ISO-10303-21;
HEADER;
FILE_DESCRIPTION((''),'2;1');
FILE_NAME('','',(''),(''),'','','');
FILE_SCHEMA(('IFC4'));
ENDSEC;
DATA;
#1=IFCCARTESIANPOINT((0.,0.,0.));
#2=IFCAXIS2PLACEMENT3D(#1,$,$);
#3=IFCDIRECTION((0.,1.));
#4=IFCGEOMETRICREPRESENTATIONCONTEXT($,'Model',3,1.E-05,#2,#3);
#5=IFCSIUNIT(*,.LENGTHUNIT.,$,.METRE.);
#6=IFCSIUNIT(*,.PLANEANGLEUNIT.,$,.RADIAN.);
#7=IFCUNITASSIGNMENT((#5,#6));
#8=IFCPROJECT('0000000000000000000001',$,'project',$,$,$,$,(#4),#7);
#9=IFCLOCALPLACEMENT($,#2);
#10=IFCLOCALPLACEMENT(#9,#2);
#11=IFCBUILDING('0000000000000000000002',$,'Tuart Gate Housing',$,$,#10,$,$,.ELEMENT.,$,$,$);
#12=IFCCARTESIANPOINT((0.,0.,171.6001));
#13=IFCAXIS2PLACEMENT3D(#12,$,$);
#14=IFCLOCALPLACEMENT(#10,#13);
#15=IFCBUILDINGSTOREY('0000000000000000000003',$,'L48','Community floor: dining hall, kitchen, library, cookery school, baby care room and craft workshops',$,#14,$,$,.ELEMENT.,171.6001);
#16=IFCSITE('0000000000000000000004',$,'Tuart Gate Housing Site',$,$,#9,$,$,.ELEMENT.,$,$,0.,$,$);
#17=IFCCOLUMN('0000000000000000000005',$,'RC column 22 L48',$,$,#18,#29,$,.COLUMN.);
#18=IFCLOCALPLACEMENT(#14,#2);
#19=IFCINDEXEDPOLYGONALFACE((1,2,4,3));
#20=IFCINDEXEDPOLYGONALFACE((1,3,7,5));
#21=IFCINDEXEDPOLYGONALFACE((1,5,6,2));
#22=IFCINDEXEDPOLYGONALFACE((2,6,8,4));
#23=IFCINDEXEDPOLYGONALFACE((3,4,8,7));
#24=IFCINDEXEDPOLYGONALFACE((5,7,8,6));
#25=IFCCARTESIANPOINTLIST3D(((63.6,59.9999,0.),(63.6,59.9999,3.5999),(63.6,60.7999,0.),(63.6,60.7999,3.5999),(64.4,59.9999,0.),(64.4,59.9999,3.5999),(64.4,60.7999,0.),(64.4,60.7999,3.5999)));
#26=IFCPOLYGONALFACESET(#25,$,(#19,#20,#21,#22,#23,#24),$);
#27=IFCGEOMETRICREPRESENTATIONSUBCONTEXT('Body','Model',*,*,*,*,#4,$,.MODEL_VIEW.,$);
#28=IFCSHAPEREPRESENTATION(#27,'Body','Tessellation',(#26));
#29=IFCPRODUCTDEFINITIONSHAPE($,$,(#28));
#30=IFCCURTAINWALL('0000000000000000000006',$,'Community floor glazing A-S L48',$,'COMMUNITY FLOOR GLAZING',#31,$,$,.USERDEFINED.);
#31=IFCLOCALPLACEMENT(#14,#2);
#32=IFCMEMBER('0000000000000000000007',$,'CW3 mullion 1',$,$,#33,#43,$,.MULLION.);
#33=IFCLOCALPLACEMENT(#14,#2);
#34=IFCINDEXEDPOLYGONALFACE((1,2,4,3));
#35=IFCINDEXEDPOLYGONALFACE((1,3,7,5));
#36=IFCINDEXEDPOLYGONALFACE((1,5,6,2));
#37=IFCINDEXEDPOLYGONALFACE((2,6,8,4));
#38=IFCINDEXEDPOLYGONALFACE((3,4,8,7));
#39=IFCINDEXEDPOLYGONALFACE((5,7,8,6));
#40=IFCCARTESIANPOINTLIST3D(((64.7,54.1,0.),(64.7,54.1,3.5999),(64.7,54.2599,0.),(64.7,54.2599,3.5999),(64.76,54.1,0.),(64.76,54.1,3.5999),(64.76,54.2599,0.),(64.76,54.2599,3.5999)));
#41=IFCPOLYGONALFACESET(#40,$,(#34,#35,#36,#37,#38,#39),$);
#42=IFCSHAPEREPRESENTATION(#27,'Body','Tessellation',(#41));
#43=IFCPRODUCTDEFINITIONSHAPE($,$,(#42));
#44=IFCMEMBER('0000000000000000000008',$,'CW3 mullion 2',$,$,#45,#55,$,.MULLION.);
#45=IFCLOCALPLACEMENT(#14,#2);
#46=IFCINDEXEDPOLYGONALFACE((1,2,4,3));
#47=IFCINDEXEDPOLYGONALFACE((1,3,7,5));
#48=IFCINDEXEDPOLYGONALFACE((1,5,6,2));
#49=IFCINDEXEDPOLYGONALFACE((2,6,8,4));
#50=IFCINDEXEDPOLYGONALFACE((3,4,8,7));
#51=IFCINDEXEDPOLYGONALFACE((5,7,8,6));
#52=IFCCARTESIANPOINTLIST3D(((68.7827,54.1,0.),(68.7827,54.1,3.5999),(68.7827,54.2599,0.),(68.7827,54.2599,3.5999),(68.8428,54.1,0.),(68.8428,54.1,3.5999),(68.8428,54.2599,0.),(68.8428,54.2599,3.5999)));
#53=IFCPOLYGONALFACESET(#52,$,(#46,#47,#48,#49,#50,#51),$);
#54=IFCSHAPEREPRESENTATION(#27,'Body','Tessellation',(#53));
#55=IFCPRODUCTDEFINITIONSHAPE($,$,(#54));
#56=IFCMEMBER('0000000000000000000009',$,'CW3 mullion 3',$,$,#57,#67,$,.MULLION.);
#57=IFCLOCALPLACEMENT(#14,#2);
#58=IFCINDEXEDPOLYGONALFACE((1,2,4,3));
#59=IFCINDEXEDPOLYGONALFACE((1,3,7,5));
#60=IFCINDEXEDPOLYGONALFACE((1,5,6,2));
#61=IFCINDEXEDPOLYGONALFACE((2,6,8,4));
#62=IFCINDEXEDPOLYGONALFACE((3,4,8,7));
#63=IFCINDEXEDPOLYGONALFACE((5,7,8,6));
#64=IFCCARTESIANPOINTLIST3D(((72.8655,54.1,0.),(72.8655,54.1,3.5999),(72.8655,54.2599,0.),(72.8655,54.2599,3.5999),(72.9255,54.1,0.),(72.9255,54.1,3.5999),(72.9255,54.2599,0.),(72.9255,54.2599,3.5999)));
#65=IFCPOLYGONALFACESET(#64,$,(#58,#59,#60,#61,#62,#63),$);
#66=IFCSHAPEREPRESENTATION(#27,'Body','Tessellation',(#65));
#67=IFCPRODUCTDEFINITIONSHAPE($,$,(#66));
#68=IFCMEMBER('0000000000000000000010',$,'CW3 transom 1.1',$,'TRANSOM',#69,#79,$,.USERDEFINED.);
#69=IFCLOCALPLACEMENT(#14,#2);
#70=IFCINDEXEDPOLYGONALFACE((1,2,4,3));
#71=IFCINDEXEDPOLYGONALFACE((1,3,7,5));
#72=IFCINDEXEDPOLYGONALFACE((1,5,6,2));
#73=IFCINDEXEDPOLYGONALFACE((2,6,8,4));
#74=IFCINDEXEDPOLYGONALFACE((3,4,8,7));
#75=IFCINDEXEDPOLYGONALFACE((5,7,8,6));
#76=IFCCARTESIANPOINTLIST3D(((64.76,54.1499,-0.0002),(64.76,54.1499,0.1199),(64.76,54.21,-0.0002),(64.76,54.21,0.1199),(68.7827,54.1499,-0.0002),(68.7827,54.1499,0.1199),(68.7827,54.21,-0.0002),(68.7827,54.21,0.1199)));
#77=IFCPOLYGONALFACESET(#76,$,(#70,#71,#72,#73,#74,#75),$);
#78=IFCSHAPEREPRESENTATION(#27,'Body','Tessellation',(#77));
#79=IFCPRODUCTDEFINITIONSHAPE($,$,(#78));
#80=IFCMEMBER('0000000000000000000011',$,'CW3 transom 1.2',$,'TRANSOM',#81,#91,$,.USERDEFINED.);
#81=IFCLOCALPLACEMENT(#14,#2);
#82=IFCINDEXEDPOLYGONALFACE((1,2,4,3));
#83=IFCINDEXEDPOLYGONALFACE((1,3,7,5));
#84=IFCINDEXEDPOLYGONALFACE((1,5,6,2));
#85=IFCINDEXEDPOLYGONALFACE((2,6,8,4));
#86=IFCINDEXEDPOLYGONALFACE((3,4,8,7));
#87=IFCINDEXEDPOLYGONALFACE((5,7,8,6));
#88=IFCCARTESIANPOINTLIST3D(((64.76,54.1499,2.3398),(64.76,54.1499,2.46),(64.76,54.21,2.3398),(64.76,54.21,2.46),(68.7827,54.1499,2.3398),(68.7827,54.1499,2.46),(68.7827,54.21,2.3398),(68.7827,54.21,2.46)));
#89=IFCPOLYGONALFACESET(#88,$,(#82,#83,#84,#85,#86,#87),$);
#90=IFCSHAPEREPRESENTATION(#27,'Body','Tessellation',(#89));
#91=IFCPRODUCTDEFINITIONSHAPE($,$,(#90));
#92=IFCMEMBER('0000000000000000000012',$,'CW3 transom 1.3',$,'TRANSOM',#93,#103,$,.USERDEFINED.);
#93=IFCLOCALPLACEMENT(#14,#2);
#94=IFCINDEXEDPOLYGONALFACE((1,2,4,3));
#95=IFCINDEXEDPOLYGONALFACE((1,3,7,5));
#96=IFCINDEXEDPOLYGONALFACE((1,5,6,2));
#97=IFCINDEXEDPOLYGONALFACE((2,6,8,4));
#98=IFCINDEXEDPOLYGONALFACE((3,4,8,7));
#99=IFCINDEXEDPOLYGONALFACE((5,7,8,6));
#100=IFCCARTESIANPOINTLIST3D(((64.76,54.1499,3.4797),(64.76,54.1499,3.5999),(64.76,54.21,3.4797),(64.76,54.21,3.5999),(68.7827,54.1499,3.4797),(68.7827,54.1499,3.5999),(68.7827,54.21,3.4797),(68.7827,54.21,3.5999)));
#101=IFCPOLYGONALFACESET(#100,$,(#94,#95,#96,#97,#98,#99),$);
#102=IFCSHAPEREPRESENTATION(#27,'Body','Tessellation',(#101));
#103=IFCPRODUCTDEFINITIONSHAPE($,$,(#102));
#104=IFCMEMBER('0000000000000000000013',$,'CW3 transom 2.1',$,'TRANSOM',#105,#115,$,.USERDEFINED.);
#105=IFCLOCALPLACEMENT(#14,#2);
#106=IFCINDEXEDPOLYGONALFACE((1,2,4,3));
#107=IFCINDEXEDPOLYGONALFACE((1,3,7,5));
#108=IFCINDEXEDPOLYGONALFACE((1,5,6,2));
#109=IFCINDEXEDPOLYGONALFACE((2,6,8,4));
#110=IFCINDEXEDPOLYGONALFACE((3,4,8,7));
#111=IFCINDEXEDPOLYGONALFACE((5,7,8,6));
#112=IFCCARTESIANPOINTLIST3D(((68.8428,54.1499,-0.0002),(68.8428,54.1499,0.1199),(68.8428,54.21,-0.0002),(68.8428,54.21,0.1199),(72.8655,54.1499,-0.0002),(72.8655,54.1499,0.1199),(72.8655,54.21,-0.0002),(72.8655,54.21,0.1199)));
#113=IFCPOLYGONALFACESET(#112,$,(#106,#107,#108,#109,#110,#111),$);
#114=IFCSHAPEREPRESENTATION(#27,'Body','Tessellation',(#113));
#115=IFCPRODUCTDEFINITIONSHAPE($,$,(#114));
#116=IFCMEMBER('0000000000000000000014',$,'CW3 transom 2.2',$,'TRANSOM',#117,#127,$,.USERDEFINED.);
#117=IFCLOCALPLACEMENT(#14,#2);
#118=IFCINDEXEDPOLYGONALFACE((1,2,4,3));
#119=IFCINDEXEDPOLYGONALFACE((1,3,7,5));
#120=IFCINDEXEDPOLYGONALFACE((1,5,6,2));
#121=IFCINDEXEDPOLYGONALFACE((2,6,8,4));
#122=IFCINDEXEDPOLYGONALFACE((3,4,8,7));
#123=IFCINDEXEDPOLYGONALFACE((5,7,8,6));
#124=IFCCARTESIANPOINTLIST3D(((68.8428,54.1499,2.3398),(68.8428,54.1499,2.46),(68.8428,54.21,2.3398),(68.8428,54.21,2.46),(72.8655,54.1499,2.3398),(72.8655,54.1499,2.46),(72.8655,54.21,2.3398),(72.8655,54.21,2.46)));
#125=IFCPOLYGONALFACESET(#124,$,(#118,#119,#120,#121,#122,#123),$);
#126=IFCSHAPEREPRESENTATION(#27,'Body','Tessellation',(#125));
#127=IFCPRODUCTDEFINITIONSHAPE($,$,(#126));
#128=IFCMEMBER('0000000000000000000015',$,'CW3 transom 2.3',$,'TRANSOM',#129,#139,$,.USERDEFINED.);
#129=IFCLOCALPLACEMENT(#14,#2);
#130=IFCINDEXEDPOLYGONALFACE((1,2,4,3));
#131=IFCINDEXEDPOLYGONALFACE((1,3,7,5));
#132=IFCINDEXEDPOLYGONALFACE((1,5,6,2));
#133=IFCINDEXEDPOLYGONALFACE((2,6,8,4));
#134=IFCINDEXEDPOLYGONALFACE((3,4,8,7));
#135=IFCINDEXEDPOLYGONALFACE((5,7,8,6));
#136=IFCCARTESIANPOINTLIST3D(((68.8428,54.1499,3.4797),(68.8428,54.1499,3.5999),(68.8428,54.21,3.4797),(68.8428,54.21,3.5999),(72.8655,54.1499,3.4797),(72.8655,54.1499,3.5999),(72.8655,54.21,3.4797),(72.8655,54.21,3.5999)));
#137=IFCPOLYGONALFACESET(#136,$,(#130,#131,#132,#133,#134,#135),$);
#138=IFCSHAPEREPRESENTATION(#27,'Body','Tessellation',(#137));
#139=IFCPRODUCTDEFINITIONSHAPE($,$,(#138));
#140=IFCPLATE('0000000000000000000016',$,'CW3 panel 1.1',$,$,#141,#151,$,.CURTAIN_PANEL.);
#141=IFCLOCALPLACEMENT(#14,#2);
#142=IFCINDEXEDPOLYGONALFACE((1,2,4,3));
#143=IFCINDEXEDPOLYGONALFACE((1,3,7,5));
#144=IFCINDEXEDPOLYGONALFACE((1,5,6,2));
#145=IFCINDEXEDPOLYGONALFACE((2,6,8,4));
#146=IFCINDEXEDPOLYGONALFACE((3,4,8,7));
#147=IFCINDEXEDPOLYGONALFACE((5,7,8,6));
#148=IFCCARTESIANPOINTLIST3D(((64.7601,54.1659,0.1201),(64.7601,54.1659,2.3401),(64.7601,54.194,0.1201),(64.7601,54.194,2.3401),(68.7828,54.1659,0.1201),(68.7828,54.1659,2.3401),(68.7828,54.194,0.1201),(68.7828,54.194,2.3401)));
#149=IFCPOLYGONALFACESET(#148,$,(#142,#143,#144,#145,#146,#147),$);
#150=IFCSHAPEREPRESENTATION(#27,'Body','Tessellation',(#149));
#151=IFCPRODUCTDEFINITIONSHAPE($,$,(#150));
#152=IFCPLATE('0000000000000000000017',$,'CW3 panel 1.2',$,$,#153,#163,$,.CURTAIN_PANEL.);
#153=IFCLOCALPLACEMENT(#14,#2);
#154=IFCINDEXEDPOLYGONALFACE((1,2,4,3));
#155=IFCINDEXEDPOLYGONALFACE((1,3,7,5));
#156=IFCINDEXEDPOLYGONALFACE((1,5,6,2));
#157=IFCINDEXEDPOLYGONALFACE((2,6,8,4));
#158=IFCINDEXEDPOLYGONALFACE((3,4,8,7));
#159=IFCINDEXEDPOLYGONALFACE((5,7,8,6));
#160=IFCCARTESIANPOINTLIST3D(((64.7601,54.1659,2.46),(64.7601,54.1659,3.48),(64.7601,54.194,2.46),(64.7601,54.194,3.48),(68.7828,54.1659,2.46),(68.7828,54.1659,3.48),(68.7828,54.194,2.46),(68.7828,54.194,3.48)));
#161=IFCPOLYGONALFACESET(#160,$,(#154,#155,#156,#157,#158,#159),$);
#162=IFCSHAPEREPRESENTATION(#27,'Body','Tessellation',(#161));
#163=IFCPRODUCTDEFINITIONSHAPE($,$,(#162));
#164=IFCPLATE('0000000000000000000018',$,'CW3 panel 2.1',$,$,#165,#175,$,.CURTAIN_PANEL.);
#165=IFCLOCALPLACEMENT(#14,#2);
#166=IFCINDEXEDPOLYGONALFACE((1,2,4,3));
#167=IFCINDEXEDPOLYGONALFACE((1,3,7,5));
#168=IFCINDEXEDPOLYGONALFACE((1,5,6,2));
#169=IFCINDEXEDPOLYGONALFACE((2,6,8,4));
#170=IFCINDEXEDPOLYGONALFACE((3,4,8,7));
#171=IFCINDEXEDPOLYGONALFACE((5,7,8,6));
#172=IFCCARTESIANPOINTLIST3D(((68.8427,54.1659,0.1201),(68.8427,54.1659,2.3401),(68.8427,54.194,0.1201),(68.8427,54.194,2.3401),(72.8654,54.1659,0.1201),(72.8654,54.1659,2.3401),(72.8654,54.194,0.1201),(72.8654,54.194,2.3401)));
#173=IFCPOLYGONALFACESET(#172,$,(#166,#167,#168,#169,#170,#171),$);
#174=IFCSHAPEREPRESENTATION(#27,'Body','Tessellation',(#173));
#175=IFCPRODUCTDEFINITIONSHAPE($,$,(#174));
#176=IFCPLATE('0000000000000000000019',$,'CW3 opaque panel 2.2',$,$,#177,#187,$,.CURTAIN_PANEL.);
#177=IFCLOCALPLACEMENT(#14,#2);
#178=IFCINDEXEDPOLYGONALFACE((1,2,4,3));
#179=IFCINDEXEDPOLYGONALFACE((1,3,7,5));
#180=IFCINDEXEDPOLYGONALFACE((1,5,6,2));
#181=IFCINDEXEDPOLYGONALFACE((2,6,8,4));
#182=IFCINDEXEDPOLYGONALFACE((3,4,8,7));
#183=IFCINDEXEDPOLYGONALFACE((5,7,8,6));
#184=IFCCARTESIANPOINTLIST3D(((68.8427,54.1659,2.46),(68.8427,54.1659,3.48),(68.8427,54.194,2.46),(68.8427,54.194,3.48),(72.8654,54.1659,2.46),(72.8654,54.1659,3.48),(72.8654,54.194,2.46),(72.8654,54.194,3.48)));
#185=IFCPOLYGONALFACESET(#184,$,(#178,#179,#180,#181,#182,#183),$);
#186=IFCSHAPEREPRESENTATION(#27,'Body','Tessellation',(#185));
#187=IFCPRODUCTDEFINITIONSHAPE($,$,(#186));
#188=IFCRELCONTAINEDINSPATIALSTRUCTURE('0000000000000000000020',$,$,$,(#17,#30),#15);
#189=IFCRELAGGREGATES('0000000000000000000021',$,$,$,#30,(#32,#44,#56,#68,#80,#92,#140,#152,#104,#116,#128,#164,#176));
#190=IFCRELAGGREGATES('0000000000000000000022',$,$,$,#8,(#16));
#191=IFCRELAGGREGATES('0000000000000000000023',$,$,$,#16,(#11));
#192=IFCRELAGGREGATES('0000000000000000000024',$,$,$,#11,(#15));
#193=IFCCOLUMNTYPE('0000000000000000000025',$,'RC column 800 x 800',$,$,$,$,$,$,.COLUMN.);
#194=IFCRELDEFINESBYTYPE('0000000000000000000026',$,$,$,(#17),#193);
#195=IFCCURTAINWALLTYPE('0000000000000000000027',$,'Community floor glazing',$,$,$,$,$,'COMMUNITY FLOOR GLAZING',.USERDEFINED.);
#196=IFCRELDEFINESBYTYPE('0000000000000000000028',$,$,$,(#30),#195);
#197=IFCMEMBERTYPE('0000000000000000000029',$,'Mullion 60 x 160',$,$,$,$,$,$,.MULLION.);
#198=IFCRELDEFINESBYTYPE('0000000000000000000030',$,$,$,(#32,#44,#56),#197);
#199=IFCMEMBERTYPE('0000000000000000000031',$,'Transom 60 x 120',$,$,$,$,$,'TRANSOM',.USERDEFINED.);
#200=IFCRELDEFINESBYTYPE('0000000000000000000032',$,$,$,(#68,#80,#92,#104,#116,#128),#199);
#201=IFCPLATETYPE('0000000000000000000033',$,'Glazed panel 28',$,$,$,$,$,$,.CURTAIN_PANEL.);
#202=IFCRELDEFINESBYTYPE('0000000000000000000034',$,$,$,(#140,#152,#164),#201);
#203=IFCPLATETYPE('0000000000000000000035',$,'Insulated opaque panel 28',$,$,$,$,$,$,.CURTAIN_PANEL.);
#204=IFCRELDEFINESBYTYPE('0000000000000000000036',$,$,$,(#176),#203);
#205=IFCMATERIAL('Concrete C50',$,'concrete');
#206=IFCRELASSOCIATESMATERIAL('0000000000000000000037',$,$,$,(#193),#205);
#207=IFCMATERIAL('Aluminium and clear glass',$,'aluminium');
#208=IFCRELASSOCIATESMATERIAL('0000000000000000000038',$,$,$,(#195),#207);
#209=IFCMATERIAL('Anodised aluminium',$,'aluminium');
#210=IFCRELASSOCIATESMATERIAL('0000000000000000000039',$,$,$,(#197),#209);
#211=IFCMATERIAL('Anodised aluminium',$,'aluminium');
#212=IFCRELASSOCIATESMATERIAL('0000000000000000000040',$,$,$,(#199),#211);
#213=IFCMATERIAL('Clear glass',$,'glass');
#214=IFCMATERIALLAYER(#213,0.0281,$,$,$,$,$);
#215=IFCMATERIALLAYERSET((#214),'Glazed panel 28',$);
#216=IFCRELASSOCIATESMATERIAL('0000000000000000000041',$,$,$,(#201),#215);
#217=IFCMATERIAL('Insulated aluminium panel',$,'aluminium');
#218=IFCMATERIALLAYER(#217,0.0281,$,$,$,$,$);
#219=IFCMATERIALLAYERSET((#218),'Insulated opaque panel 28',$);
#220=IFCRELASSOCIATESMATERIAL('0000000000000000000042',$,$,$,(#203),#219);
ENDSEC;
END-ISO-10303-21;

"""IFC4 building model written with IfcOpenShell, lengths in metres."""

from ifc_helpers import new_model, si_unit, direction, frame, origin, origin_2d, place, context, subcontext, project, spatial, rectangle, extrude, material, layer, layer_set, material_profile, profile_set, type_object, element, aggregate, save


model = new_model("IFC4")

# Units and contexts
model_context = context("Model", 3, precision=1e-05, world=origin(), true_north=direction((0.0, 1.0)))
body_context = subcontext(model_context, "Body", "Model", "MODEL_VIEW")
ifc_project = project(units=[si_unit("LENGTHUNIT", "METRE"), si_unit("PLANEANGLEUNIT", "RADIAN")], contexts=[model_context])

# Site, building, storey
site_placement = place(None, origin())
site = spatial("IfcSite", under=ifc_project, at=site_placement, Name="Tuart Gate Housing Site", CompositionType="ELEMENT", RefElevation=0.0)
building_placement = place(site_placement, origin())
building = spatial("IfcBuilding", under=site, at=building_placement, Name="Tuart Gate Housing", CompositionType="ELEMENT")
storey_placement = place(building_placement, frame((0.0, 0.0, 171.6001)))
storey = spatial("IfcBuildingStorey", under=building, at=storey_placement, Name="L48", Description="Community floor: dining hall, kitchen, library, cookery school, baby care room and craft workshops", CompositionType="ELEMENT", Elevation=171.6001)

# Column
ifc_material_1 = material(Name="Concrete C50", Category="concrete")
ifc_material_profile_1 = material_profile(ifc_material_1, rectangle(XDim=0.8, YDim=0.8, at=origin_2d()), Name="RC column 800 x 800")
ifc_profile_set_1 = profile_set([ifc_material_profile_1], Name="Concrete C50")
column_type = type_object("IfcColumnType", Name="RC column 800 x 800", PredefinedType="COLUMN", material=ifc_profile_set_1)
column_placement = place(storey_placement, frame((64.0, 60.3999, 0.0), z_axis=(0.0, 0.0, 1.0), x_axis=(1.0, 0.0, 0.0)))
element("IfcColumn", 1, at=column_placement, inside=storey, type_object=column_type, Name="RC column 22 L48", PredefinedType="COLUMN", context=body_context, shape_type="SweptSolid", body=[
    extrude(rectangle(XDim=0.8, YDim=0.8, at=origin_2d()), origin(), (0.0, 0.0, 1.0), 3.5999),
])

# Curtain wall, members, plates
ifc_material_2 = material(Name="Aluminium and clear glass", Category="aluminium")
curtain_wall_type = type_object("IfcCurtainWallType", Name="Community floor glazing", ElementType="COMMUNITY FLOOR GLAZING", PredefinedType="USERDEFINED", material=ifc_material_2)
curtain_wall_placement = place(storey_placement, origin())
curtain_wall = element("IfcCurtainWall", 2, at=curtain_wall_placement, inside=storey, type_object=curtain_wall_type, Name="Community floor glazing A-S L48", ObjectType="COMMUNITY FLOOR GLAZING", PredefinedType="USERDEFINED")
ifc_material_3 = material(Name="Anodised aluminium", Category="aluminium")
ifc_material_profile_2 = material_profile(ifc_material_3, rectangle(XDim=0.0601, YDim=0.1599, at=origin_2d()), Name="60x160")
ifc_profile_set_2 = profile_set([ifc_material_profile_2], Name="Anodised aluminium")
member_type_1 = type_object("IfcMemberType", Name="Mullion 60 x 160", PredefinedType="MULLION", material=ifc_profile_set_2)
member_1_placement = place(storey_placement, frame((64.73, 54.1799, 0.0), z_axis=(0.0, 0.0, 1.0), x_axis=(1.0, 0.0, 0.0)))
member_1 = element("IfcMember", 3, at=member_1_placement, type_object=member_type_1, Name="CW3 mullion 1", PredefinedType="MULLION", context=body_context, shape_type="SweptSolid", body=[
    extrude(rectangle(XDim=0.0601, YDim=0.1599, at=origin_2d()), origin(), (0.0, 0.0, 1.0), 3.5999),
])
member_2_placement = place(storey_placement, frame((68.8127, 54.1799, 0.0), z_axis=(0.0, 0.0, 1.0), x_axis=(1.0, 0.0, 0.0)))
member_2 = element("IfcMember", 4, at=member_2_placement, type_object=member_type_1, Name="CW3 mullion 2", PredefinedType="MULLION", context=body_context, shape_type="SweptSolid", body=[
    extrude(rectangle(XDim=0.0601, YDim=0.1599, at=origin_2d()), origin(), (0.0, 0.0, 1.0), 3.5999),
])
member_3_placement = place(storey_placement, frame((72.8955, 54.1799, 0.0), z_axis=(0.0, 0.0, 1.0), x_axis=(1.0, 0.0, 0.0)))
member_3 = element("IfcMember", 5, at=member_3_placement, type_object=member_type_1, Name="CW3 mullion 3", PredefinedType="MULLION", context=body_context, shape_type="SweptSolid", body=[
    extrude(rectangle(XDim=0.0601, YDim=0.1599, at=origin_2d()), origin(), (0.0, 0.0, 1.0), 3.5999),
])
ifc_material_4 = material(Name="Anodised aluminium", Category="aluminium")
ifc_material_profile_3 = material_profile(ifc_material_4, rectangle(XDim=0.0601, YDim=0.1201, at=origin_2d()), Name="60x120")
ifc_profile_set_3 = profile_set([ifc_material_profile_3], Name="Anodised aluminium")
member_type_2 = type_object("IfcMemberType", Name="Transom 60 x 120", ElementType="TRANSOM", PredefinedType="USERDEFINED", material=ifc_profile_set_3)
member_4_placement = place(storey_placement, frame((64.76, 54.1799, 0.0598), z_axis=(1.0, 0.0, 0.0), x_axis=(0.0, 1.0, 0.0)))
member_4 = element("IfcMember", 6, at=member_4_placement, type_object=member_type_2, Name="CW3 transom 1.1", ObjectType="TRANSOM", PredefinedType="USERDEFINED", context=body_context, shape_type="SweptSolid", body=[
    extrude(rectangle(XDim=0.0601, YDim=0.1201, at=origin_2d()), origin(), (0.0, 0.0, 1.0), 4.0227),
])
member_5_placement = place(storey_placement, frame((64.76, 54.1799, 2.3999), z_axis=(1.0, 0.0, 0.0), x_axis=(0.0, 1.0, 0.0)))
member_5 = element("IfcMember", 7, at=member_5_placement, type_object=member_type_2, Name="CW3 transom 1.2", ObjectType="TRANSOM", PredefinedType="USERDEFINED", context=body_context, shape_type="SweptSolid", body=[
    extrude(rectangle(XDim=0.0601, YDim=0.1201, at=origin_2d()), origin(), (0.0, 0.0, 1.0), 4.0227),
])
member_6_placement = place(storey_placement, frame((64.76, 54.1799, 3.5398), z_axis=(1.0, 0.0, 0.0), x_axis=(0.0, 1.0, 0.0)))
member_6 = element("IfcMember", 8, at=member_6_placement, type_object=member_type_2, Name="CW3 transom 1.3", ObjectType="TRANSOM", PredefinedType="USERDEFINED", context=body_context, shape_type="SweptSolid", body=[
    extrude(rectangle(XDim=0.0601, YDim=0.1201, at=origin_2d()), origin(), (0.0, 0.0, 1.0), 4.0227),
])
member_7_placement = place(storey_placement, frame((68.8428, 54.1799, 0.0598), z_axis=(1.0, 0.0, 0.0), x_axis=(0.0, 1.0, 0.0)))
member_7 = element("IfcMember", 9, at=member_7_placement, type_object=member_type_2, Name="CW3 transom 2.1", ObjectType="TRANSOM", PredefinedType="USERDEFINED", context=body_context, shape_type="SweptSolid", body=[
    extrude(rectangle(XDim=0.0601, YDim=0.1201, at=origin_2d()), origin(), (0.0, 0.0, 1.0), 4.0227),
])
member_8_placement = place(storey_placement, frame((68.8428, 54.1799, 2.3999), z_axis=(1.0, 0.0, 0.0), x_axis=(0.0, 1.0, 0.0)))
member_8 = element("IfcMember", 10, at=member_8_placement, type_object=member_type_2, Name="CW3 transom 2.2", ObjectType="TRANSOM", PredefinedType="USERDEFINED", context=body_context, shape_type="SweptSolid", body=[
    extrude(rectangle(XDim=0.0601, YDim=0.1201, at=origin_2d()), origin(), (0.0, 0.0, 1.0), 4.0227),
])
member_9_placement = place(storey_placement, frame((68.8428, 54.1799, 3.5398), z_axis=(1.0, 0.0, 0.0), x_axis=(0.0, 1.0, 0.0)))
member_9 = element("IfcMember", 11, at=member_9_placement, type_object=member_type_2, Name="CW3 transom 2.3", ObjectType="TRANSOM", PredefinedType="USERDEFINED", context=body_context, shape_type="SweptSolid", body=[
    extrude(rectangle(XDim=0.0601, YDim=0.1201, at=origin_2d()), origin(), (0.0, 0.0, 1.0), 4.0227),
])
ifc_material_5 = material(Name="Clear glass", Category="glass")
ifc_layer_1 = layer(ifc_material_5, 0.0281)
ifc_layer_set_1 = layer_set([ifc_layer_1], Name="Glazed panel 28")
plate_type_1 = type_object("IfcPlateType", Name="Glazed panel 28", PredefinedType="CURTAIN_PANEL", material=ifc_layer_set_1)
plate_1_placement = place(storey_placement, frame((66.7715, 54.1799, 0.1201), z_axis=(0.0, 0.0, 1.0), x_axis=(1.0, 0.0, 0.0)))
plate_1 = element("IfcPlate", 12, at=plate_1_placement, type_object=plate_type_1, Name="CW3 panel 1.1", PredefinedType="CURTAIN_PANEL", context=body_context, shape_type="SweptSolid", body=[
    extrude(rectangle(XDim=4.0227, YDim=0.0281, at=origin_2d()), origin(), (0.0, 0.0, 1.0), 2.22),
])
plate_2_placement = place(storey_placement, frame((66.7715, 54.1799, 2.46), z_axis=(0.0, 0.0, 1.0), x_axis=(1.0, 0.0, 0.0)))
plate_2 = element("IfcPlate", 13, at=plate_2_placement, type_object=plate_type_1, Name="CW3 panel 1.2", PredefinedType="CURTAIN_PANEL", context=body_context, shape_type="SweptSolid", body=[
    extrude(rectangle(XDim=4.0227, YDim=0.0281, at=origin_2d()), origin(), (0.0, 0.0, 1.0), 1.02),
])
plate_3_placement = place(storey_placement, frame((70.854, 54.1799, 0.1201), z_axis=(0.0, 0.0, 1.0), x_axis=(1.0, 0.0, 0.0)))
plate_3 = element("IfcPlate", 14, at=plate_3_placement, type_object=plate_type_1, Name="CW3 panel 2.1", PredefinedType="CURTAIN_PANEL", context=body_context, shape_type="SweptSolid", body=[
    extrude(rectangle(XDim=4.0227, YDim=0.0281, at=origin_2d()), origin(), (0.0, 0.0, 1.0), 2.22),
])
ifc_material_6 = material(Name="Insulated aluminium panel", Category="aluminium")
ifc_layer_2 = layer(ifc_material_6, 0.0281)
ifc_layer_set_2 = layer_set([ifc_layer_2], Name="Insulated opaque panel 28")
plate_type_2 = type_object("IfcPlateType", Name="Insulated opaque panel 28", PredefinedType="CURTAIN_PANEL", material=ifc_layer_set_2)
plate_4_placement = place(storey_placement, frame((70.854, 54.1799, 2.46), z_axis=(0.0, 0.0, 1.0), x_axis=(1.0, 0.0, 0.0)))
plate_4 = element("IfcPlate", 15, at=plate_4_placement, type_object=plate_type_2, Name="CW3 opaque panel 2.2", PredefinedType="CURTAIN_PANEL", context=body_context, shape_type="SweptSolid", body=[
    extrude(rectangle(XDim=4.0227, YDim=0.0281, at=origin_2d()), origin(), (0.0, 0.0, 1.0), 1.02),
])
aggregate(curtain_wall, [member_1, member_2, member_3, member_4, member_5, member_6, plate_1, plate_2, member_7, member_8, member_9, plate_3, plate_4])

save(model, "model.ifc")
